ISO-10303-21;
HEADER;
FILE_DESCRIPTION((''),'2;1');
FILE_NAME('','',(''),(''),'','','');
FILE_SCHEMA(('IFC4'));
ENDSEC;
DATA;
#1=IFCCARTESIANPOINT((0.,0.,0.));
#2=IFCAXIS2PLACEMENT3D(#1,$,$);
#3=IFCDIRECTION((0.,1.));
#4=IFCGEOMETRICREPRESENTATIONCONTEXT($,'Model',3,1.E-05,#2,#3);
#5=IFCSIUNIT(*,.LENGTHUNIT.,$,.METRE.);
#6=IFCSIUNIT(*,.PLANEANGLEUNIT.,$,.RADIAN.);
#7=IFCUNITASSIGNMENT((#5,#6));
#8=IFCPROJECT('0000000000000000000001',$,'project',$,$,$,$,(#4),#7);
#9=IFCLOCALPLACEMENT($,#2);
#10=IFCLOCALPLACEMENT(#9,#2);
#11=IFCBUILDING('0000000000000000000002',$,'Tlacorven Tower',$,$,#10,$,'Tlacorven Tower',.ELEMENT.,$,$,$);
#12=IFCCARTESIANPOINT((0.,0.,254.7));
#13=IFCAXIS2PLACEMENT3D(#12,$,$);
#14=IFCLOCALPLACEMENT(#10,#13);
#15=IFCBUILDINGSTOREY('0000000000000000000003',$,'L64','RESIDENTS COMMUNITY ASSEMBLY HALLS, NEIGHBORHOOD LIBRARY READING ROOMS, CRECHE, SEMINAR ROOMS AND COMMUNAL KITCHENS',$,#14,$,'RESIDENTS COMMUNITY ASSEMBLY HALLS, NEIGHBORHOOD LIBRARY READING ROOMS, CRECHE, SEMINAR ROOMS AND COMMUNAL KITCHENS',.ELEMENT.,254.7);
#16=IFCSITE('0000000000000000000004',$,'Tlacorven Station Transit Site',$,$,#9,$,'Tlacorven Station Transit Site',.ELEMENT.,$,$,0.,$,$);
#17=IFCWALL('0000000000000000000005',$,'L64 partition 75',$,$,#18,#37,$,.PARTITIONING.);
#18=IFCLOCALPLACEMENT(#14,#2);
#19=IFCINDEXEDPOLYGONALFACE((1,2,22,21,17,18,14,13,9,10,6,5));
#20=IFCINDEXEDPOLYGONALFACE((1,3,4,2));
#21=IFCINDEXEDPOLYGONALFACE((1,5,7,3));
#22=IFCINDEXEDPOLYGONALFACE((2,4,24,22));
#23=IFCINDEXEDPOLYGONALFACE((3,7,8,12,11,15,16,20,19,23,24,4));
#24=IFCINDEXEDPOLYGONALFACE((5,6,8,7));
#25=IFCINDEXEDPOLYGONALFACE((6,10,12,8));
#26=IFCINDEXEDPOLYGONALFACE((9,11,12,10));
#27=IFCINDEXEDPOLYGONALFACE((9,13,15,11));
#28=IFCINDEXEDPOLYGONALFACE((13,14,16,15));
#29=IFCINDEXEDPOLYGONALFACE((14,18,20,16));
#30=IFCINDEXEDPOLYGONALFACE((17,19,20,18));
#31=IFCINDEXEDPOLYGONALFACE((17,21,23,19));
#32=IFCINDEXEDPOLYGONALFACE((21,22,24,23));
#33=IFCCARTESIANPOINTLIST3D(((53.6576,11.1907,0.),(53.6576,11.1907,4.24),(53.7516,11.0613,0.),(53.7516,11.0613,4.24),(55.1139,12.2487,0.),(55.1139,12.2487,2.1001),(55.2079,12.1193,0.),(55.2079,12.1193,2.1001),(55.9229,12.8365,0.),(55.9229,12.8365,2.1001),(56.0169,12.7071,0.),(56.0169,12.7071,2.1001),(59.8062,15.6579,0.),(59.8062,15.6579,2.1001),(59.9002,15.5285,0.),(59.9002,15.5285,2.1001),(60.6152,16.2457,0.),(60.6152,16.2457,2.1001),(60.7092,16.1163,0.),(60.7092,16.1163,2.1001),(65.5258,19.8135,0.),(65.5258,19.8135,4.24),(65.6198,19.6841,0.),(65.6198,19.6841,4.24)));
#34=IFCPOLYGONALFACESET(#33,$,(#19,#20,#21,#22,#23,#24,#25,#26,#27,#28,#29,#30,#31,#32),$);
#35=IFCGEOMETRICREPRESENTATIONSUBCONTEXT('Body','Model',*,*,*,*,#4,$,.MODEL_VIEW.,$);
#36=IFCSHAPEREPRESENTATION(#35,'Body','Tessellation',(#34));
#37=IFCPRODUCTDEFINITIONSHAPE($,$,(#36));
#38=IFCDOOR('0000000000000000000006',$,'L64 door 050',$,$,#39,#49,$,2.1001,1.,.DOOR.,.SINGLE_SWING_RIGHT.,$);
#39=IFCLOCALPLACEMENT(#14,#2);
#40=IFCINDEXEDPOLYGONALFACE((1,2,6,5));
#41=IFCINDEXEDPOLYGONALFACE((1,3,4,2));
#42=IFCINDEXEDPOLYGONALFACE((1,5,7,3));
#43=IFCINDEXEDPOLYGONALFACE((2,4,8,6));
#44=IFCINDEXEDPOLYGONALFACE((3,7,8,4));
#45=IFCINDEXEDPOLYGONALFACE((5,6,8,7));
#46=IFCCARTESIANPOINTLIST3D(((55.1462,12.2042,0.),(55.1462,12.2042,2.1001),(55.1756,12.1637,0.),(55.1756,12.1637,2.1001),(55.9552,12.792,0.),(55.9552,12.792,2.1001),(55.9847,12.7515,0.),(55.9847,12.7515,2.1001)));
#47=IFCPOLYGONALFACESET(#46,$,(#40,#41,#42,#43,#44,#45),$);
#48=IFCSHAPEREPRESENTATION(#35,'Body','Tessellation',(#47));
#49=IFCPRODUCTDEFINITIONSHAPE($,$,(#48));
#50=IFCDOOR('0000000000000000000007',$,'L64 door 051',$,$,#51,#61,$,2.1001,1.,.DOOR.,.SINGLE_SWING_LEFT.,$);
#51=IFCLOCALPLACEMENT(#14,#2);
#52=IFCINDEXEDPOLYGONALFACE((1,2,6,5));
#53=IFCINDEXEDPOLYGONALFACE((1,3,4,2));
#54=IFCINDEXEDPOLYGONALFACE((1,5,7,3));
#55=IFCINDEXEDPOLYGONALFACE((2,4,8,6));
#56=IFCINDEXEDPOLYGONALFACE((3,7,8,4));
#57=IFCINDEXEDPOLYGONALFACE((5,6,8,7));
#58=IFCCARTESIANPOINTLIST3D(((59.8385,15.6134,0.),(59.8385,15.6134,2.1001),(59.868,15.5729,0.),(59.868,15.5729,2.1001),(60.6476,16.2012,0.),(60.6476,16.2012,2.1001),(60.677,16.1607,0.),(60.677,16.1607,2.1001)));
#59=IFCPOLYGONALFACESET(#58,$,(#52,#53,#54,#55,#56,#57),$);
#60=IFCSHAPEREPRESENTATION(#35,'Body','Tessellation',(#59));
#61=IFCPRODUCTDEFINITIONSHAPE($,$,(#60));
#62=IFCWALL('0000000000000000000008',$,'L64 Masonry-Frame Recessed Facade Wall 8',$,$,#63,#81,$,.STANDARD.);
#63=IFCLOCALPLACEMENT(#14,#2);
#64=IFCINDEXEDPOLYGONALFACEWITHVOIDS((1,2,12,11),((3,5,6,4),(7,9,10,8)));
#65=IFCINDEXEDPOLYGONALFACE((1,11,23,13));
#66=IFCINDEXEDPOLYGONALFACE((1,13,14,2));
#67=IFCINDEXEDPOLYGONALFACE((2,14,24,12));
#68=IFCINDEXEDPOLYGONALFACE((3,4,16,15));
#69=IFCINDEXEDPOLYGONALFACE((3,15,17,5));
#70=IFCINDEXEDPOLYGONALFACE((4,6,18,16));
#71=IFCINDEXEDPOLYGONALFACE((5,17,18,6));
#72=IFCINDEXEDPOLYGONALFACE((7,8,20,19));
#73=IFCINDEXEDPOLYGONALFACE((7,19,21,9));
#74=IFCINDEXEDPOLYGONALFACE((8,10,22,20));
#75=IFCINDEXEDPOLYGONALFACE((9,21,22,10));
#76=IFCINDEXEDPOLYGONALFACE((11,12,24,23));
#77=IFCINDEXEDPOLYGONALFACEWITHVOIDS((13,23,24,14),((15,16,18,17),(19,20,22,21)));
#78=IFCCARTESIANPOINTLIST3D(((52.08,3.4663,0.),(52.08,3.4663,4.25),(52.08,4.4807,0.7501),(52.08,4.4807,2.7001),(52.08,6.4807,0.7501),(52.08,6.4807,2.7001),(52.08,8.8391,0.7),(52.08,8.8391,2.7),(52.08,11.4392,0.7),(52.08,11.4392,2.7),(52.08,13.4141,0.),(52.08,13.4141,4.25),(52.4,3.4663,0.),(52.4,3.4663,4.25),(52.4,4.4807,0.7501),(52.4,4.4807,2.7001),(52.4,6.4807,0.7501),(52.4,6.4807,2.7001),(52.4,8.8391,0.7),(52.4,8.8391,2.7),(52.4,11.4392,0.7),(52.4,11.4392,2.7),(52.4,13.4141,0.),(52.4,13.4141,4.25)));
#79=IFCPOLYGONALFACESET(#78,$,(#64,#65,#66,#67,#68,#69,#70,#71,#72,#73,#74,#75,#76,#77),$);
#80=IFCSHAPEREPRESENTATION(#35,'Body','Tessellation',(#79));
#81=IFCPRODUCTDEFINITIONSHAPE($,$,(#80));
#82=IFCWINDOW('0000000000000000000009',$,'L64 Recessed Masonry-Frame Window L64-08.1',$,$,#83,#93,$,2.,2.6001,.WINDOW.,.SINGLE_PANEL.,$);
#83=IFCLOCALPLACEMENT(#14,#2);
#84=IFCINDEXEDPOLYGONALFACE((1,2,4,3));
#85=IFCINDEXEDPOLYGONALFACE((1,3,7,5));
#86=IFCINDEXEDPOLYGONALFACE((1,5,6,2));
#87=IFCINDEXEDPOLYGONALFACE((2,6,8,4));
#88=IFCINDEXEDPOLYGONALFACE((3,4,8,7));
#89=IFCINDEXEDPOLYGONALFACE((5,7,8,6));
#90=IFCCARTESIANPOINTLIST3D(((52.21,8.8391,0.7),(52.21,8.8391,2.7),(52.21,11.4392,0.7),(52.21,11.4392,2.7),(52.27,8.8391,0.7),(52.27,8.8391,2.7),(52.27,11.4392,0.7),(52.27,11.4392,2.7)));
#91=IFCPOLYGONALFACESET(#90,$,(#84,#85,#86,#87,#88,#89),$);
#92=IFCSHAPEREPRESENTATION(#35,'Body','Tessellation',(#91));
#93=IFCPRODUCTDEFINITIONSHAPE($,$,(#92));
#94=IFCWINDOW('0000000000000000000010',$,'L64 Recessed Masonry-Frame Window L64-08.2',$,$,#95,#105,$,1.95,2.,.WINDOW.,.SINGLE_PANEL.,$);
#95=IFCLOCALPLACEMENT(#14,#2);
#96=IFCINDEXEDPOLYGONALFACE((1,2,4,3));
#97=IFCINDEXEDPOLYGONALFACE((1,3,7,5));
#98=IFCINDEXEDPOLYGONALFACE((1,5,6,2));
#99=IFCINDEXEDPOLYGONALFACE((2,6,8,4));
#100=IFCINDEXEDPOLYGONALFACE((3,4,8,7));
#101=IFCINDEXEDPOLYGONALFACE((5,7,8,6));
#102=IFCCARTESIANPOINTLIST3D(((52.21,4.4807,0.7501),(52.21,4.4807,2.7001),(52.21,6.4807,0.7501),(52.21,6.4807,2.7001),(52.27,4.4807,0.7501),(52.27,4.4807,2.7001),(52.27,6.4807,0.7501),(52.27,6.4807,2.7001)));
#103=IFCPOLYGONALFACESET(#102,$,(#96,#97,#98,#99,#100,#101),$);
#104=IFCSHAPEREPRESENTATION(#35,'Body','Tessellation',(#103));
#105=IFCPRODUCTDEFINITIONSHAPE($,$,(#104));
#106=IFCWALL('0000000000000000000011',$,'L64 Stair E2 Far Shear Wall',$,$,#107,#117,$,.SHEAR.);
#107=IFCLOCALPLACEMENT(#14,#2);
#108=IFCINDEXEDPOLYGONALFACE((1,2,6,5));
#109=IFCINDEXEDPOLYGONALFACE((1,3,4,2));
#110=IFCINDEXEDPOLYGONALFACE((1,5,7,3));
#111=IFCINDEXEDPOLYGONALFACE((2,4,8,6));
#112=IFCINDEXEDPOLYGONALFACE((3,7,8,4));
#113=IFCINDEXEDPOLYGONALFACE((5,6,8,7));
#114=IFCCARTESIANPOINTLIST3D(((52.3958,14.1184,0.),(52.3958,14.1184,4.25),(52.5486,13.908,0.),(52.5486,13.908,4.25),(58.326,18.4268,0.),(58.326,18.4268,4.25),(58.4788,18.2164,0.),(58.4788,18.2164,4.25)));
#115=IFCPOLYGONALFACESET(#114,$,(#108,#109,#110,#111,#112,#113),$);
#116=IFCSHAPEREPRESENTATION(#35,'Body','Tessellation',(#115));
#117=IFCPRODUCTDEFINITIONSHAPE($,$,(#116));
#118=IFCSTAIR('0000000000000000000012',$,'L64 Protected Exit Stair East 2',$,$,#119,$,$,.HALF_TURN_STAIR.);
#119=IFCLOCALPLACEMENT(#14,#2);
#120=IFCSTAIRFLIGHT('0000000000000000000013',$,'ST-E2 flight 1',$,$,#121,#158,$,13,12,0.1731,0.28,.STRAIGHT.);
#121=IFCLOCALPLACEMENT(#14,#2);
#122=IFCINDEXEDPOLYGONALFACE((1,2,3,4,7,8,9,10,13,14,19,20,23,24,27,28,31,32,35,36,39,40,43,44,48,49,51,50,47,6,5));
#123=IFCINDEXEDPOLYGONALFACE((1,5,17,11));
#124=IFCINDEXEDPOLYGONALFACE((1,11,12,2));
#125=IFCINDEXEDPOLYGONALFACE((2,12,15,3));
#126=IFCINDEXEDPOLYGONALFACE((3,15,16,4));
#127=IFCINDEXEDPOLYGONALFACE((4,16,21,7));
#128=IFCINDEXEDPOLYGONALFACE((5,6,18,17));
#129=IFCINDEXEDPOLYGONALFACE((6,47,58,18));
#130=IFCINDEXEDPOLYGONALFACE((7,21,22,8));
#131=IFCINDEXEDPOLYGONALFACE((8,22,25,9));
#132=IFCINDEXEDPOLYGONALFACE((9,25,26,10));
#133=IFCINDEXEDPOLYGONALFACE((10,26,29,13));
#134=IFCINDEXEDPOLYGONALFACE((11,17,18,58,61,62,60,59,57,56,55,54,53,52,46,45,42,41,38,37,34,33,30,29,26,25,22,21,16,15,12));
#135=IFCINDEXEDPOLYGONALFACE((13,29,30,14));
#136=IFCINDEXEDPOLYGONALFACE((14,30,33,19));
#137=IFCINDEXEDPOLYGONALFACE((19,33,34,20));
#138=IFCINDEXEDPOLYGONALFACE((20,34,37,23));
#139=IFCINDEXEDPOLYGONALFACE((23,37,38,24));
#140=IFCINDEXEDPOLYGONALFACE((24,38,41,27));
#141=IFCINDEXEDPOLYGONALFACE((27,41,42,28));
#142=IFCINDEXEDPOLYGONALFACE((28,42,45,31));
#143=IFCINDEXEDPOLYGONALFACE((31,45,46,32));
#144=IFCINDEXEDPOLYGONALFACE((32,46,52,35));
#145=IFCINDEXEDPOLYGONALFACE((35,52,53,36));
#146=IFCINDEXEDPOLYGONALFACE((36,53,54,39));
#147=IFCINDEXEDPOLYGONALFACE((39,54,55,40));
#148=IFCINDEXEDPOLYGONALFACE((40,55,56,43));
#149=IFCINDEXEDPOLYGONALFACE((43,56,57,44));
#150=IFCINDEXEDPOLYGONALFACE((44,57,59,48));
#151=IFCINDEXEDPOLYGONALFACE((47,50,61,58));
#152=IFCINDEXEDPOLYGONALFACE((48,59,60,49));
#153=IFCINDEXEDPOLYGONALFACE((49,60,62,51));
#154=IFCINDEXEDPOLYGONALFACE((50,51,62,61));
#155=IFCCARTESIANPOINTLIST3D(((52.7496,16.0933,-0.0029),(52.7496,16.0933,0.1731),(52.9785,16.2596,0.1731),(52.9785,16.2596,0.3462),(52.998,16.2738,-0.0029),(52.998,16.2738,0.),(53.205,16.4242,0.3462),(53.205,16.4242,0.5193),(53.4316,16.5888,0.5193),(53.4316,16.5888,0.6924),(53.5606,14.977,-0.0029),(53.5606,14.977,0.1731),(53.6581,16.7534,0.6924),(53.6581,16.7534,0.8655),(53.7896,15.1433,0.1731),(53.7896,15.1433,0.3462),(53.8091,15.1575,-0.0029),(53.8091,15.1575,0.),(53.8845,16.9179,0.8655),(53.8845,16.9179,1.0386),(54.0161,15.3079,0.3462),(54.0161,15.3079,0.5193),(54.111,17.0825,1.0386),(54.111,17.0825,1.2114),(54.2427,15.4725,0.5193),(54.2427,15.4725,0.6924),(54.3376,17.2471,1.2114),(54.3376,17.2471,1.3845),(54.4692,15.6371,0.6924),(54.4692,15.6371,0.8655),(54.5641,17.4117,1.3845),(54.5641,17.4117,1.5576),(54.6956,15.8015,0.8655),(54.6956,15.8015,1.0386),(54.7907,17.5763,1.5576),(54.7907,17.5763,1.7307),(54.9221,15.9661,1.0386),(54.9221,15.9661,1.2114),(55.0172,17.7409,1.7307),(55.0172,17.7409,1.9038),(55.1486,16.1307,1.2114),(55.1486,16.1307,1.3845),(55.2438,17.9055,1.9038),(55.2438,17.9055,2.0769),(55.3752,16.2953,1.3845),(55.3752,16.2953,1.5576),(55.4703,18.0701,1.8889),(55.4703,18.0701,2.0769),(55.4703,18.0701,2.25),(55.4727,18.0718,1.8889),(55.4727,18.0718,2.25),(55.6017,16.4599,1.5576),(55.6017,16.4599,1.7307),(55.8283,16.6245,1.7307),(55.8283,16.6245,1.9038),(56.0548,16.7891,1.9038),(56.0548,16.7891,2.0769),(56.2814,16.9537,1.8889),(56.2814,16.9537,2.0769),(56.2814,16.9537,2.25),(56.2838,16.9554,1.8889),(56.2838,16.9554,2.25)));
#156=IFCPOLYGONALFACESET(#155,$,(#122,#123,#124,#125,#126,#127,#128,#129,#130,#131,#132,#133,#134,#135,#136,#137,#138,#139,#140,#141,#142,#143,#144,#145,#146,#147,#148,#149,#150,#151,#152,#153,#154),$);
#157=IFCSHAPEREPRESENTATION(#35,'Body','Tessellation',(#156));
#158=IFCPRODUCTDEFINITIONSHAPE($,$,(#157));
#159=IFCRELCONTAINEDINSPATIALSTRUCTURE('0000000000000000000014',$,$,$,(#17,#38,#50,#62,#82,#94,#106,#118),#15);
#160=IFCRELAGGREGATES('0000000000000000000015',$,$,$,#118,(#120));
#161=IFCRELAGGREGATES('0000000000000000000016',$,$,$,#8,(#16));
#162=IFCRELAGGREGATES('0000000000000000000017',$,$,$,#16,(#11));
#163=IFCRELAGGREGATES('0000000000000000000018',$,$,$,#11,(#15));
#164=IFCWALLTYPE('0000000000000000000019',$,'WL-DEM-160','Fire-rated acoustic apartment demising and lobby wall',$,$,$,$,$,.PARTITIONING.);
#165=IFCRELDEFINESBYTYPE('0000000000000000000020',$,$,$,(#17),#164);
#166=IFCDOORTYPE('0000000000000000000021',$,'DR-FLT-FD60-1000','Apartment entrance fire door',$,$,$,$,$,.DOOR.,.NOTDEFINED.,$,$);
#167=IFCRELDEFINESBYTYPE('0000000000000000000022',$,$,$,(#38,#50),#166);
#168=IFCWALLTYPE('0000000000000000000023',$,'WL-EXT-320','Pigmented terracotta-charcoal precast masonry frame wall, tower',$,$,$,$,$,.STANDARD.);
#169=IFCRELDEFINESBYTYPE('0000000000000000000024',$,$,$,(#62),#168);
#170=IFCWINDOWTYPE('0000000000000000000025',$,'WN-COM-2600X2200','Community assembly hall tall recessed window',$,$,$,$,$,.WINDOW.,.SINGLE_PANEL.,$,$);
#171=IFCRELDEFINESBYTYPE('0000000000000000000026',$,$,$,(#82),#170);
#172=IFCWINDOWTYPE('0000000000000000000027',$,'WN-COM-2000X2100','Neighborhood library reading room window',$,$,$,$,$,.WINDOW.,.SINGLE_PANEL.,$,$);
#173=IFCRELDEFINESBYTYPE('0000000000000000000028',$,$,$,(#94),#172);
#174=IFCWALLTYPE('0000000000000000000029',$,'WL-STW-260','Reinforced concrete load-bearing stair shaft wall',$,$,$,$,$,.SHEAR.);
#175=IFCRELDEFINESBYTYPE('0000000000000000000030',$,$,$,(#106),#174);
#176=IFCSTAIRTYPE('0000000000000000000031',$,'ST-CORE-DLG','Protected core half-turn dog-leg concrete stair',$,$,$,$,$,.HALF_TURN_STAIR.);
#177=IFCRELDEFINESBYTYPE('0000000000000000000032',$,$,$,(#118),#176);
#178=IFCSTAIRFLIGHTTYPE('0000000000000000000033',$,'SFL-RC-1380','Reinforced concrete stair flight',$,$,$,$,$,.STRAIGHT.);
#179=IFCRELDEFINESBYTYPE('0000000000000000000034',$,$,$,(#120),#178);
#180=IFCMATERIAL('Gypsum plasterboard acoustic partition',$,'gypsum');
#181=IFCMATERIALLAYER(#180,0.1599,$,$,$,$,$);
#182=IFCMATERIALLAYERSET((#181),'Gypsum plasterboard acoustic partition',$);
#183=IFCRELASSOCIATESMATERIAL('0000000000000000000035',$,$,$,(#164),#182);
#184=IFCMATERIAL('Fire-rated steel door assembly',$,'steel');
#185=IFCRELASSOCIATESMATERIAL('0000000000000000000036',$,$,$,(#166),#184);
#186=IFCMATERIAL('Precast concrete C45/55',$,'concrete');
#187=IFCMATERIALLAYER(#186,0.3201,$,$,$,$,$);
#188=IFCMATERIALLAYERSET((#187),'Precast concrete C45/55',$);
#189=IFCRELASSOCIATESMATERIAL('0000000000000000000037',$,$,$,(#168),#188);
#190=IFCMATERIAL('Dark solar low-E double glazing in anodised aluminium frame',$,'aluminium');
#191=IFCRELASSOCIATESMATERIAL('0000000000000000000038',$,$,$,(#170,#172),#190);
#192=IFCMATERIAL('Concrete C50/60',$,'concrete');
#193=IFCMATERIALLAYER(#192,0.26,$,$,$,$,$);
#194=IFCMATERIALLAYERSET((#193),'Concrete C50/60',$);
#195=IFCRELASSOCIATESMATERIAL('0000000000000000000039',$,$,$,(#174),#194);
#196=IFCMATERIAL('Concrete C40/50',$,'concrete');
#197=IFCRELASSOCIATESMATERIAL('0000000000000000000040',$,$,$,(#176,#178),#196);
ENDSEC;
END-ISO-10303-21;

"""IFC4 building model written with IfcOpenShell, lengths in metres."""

from ifc_helpers import new_model, si_unit, direction, frame, frame_2d, origin, place, context, subcontext, project, spatial, polyline, rectangle, outline, extrude, source, transform, mapped, material, layer, layer_set, type_object, element, fill, aggregate, save


model = new_model("IFC4")

# Units and contexts
model_context = context("Model", 3, precision=1e-05, world=origin(), true_north=direction((0.0, 1.0)))
body_context = subcontext(model_context, "Body", "Model", "MODEL_VIEW")
ifc_project = project(units=[si_unit("LENGTHUNIT", "METRE"), si_unit("PLANEANGLEUNIT", "RADIAN")], contexts=[model_context])

# Site, building, storey
site_placement = place(None, origin())
site = spatial("IfcSite", under=ifc_project, at=site_placement, Name="Tlacorven Station Transit Site", LongName="Tlacorven Station Transit Site", CompositionType="ELEMENT", RefElevation=0.0)
building_placement = place(site_placement, origin())
building = spatial("IfcBuilding", under=site, at=building_placement, Name="Tlacorven Tower", LongName="Tlacorven Tower", CompositionType="ELEMENT")
storey_placement = place(building_placement, frame((0.0, 0.0, 254.7)))
storey = spatial("IfcBuildingStorey", under=building, at=storey_placement, Name="L64", Description="RESIDENTS COMMUNITY ASSEMBLY HALLS, NEIGHBORHOOD LIBRARY READING ROOMS, CRECHE, SEMINAR ROOMS AND COMMUNAL KITCHENS", LongName="RESIDENTS COMMUNITY ASSEMBLY HALLS, NEIGHBORHOOD LIBRARY READING ROOMS, CRECHE, SEMINAR ROOMS AND COMMUNAL KITCHENS", CompositionType="ELEMENT", Elevation=254.7)

# Shared definitions
ifc_material_1 = material(Name="Concrete C50/60", Category="concrete")

# Wall, openings, doors
ifc_material_2 = material(Name="Gypsum plasterboard acoustic partition", Category="gypsum")
ifc_layer_1 = layer(ifc_material_2, 0.1599)
ifc_layer_set_1 = layer_set([ifc_layer_1], Name="Gypsum plasterboard acoustic partition")
wall_type_1 = type_object("IfcWallType", Name="WL-DEM-160", Description="Fire-rated acoustic apartment demising and lobby wall", PredefinedType="PARTITIONING", material=ifc_layer_set_1)
wall_1_placement = place(storey_placement, frame((53.7046, 11.126, 0.0), z_axis=(0.0, 0.0, 1.0), x_axis=(0.809015, 0.587789, 0.0)))
wall_1 = element("IfcWall", 1, at=wall_1_placement, inside=storey, type_object=wall_type_1, Name="L64 partition 75", PredefinedType="PARTITIONING", context=body_context, shape_type="SweptSolid", body=[
    extrude(rectangle(XDim=14.6699, YDim=0.1599, at=frame_2d((7.335, 0.0))), origin(), (0.0, 0.0, 1.0), 4.24),
])
opening_1_placement = place(wall_1_placement, frame((1.8, 0.0, 0.0)))
opening_1 = element("IfcOpeningElement", 2, at=opening_1_placement, cuts=wall_1, PredefinedType="OPENING", context=body_context, shape_type="SweptSolid", body=[
    extrude(rectangle(XDim=1.0, YDim=2.1001, at=frame_2d((0.5, 1.05))), frame((0.0, 0.0898, 0.0), z_axis=(0.0, -1.0, 0.0), x_axis=(1.0, 0.0, 0.0)), (0.0, 0.0, 1.0), 0.1799),
])
opening_2_placement = place(wall_1_placement, frame((7.6001, 0.0, 0.0)))
opening_2 = element("IfcOpeningElement", 3, at=opening_2_placement, cuts=wall_1, PredefinedType="OPENING", context=body_context, shape_type="SweptSolid", body=[
    extrude(rectangle(XDim=1.0, YDim=2.1001, at=frame_2d((0.5, 1.05))), frame((0.0, 0.0898, 0.0), z_axis=(0.0, -1.0, 0.0), x_axis=(1.0, 0.0, 0.0)), (0.0, 0.0, 1.0), 0.1799),
])
ifc_material_3 = material(Name="Fire-rated steel door assembly", Category="steel")
door_type = type_object("IfcDoorType", Name="DR-FLT-FD60-1000", Description="Apartment entrance fire door", OperationType="NOTDEFINED", PredefinedType="DOOR", material=ifc_material_3)
shared_shape_1 = source(origin(), body_context, "Body", "SweptSolid", [
    extrude(rectangle(XDim=1.0, YDim=2.1001, at=frame_2d((0.5, 1.05))), frame((0.0, 0.0249, 0.0), z_axis=(0.0, -1.0, 0.0), x_axis=(1.0, 0.0, 0.0)), (0.0, 0.0, 1.0), 0.05),
])
door_1_placement = place(opening_1_placement, origin())
door_1 = element("IfcDoor", 4, at=door_1_placement, inside=storey, type_object=door_type, Name="L64 door 050", OperationType="SINGLE_SWING_RIGHT", OverallHeight=2.1001, OverallWidth=1.0, PredefinedType="DOOR", context=body_context, shape_type="MappedRepresentation", body=[
    mapped(shared_shape_1, transform((0.0, 0.0, 0.0), scale=1.0)),
])
fill(opening_1, door_1)
door_2_placement = place(opening_2_placement, origin())
door_2 = element("IfcDoor", 5, at=door_2_placement, inside=storey, type_object=door_type, Name="L64 door 051", OperationType="SINGLE_SWING_LEFT", OverallHeight=2.1001, OverallWidth=1.0, PredefinedType="DOOR", context=body_context, shape_type="MappedRepresentation", body=[
    mapped(shared_shape_1, transform((0.0, 0.0, 0.0), scale=1.0)),
])
fill(opening_2, door_2)

# Wall, openings, windows
ifc_material_4 = material(Name="Precast concrete C45/55", Category="concrete")
ifc_layer_2 = layer(ifc_material_4, 0.3201)
ifc_layer_set_2 = layer_set([ifc_layer_2], Name="Precast concrete C45/55")
wall_type_2 = type_object("IfcWallType", Name="WL-EXT-320", Description="Pigmented terracotta-charcoal precast masonry frame wall, tower", PredefinedType="STANDARD", material=ifc_layer_set_2)
wall_2_placement = place(storey_placement, frame((52.24, 13.4141, 0.0), z_axis=(0.0, 0.0, 1.0), x_axis=(0.0, -1.0, 0.0)))
wall_2 = element("IfcWall", 6, at=wall_2_placement, inside=storey, type_object=wall_type_2, Name="L64 Masonry-Frame Recessed Facade Wall 8", PredefinedType="STANDARD", context=body_context, shape_type="SweptSolid", body=[
    extrude(rectangle(XDim=9.9478, YDim=0.3201, at=frame_2d((4.9739, 0.0))), origin(), (0.0, 0.0, 1.0), 4.25),
])
opening_3_placement = place(wall_2_placement, frame((1.9749, 0.0, 0.7)))
opening_3 = element("IfcOpeningElement", 7, at=opening_3_placement, cuts=wall_2, PredefinedType="OPENING", context=body_context, shape_type="SweptSolid", body=[
    extrude(rectangle(XDim=2.6001, YDim=2.0, at=frame_2d((1.3, 1.0))), frame((0.0, 0.1699, 0.0), z_axis=(0.0, -1.0, 0.0), x_axis=(1.0, 0.0, 0.0)), (0.0, 0.0, 1.0), 0.3401),
])
opening_4_placement = place(wall_2_placement, frame((6.9333, 0.0, 0.75)))
opening_4 = element("IfcOpeningElement", 8, at=opening_4_placement, cuts=wall_2, PredefinedType="OPENING", context=body_context, shape_type="SweptSolid", body=[
    extrude(rectangle(XDim=2.0, YDim=1.95, at=frame_2d((1.0, 0.9751))), frame((0.0, 0.1699, 0.0), z_axis=(0.0, -1.0, 0.0), x_axis=(1.0, 0.0, 0.0)), (0.0, 0.0, 1.0), 0.3401),
])
ifc_material_5 = material(Name="Dark solar low-E double glazing in anodised aluminium frame", Category="aluminium")
window_type_1 = type_object("IfcWindowType", Name="WN-COM-2600X2200", Description="Community assembly hall tall recessed window", PartitioningType="SINGLE_PANEL", PredefinedType="WINDOW", material=ifc_material_5)
shared_shape_2 = source(origin(), body_context, "Body", "SweptSolid", [
    extrude(rectangle(XDim=2.6001, YDim=2.0, at=frame_2d((1.3, 1.0))), frame((0.0, 0.03, 0.0), z_axis=(0.0, -1.0, 0.0), x_axis=(1.0, 0.0, 0.0)), (0.0, 0.0, 1.0), 0.0601),
])
window_1_placement = place(opening_3_placement, origin())
window_1 = element("IfcWindow", 9, at=window_1_placement, inside=storey, type_object=window_type_1, Name="L64 Recessed Masonry-Frame Window L64-08.1", OverallHeight=2.0, OverallWidth=2.6001, PartitioningType="SINGLE_PANEL", PredefinedType="WINDOW", context=body_context, shape_type="MappedRepresentation", body=[
    mapped(shared_shape_2, transform((0.0, 0.0, 0.0), scale=1.0)),
])
fill(opening_3, window_1)
window_type_2 = type_object("IfcWindowType", Name="WN-COM-2000X2100", Description="Neighborhood library reading room window", PartitioningType="SINGLE_PANEL", PredefinedType="WINDOW", material=ifc_material_5)
shared_shape_3 = source(origin(), body_context, "Body", "SweptSolid", [
    extrude(rectangle(XDim=2.0, YDim=1.95, at=frame_2d((1.0, 0.9751))), frame((0.0, 0.03, 0.0), z_axis=(0.0, -1.0, 0.0), x_axis=(1.0, 0.0, 0.0)), (0.0, 0.0, 1.0), 0.0601),
])
window_2_placement = place(opening_4_placement, origin())
window_2 = element("IfcWindow", 10, at=window_2_placement, inside=storey, type_object=window_type_2, Name="L64 Recessed Masonry-Frame Window L64-08.2", OverallHeight=1.95, OverallWidth=2.0, PartitioningType="SINGLE_PANEL", PredefinedType="WINDOW", context=body_context, shape_type="MappedRepresentation", body=[
    mapped(shared_shape_3, transform((0.0, 0.0, 0.0), scale=1.0)),
])
fill(opening_4, window_2)

# Wall
ifc_layer_3 = layer(ifc_material_1, 0.26)
ifc_layer_set_3 = layer_set([ifc_layer_3], Name="Concrete C50/60")
wall_type_3 = type_object("IfcWallType", Name="WL-STW-260", Description="Reinforced concrete load-bearing stair shaft wall", PredefinedType="SHEAR", material=ifc_layer_set_3)
wall_3_placement = place(storey_placement, frame((52.4722, 14.0132, 0.0), z_axis=(0.0, 0.0, 1.0), x_axis=(0.809028, 0.58777, 0.0)))
element("IfcWall", 11, at=wall_3_placement, inside=storey, type_object=wall_type_3, Name="L64 Stair E2 Far Shear Wall", PredefinedType="SHEAR", context=body_context, shape_type="SweptSolid", body=[
    extrude(rectangle(XDim=7.3301, YDim=0.26, at=frame_2d((3.665, 0.0))), origin(), (0.0, 0.0, 1.0), 4.25),
])

# Stair, stair flight
ifc_material_6 = material(Name="Concrete C40/50", Category="concrete")
stair_type = type_object("IfcStairType", Name="ST-CORE-DLG", Description="Protected core half-turn dog-leg concrete stair", PredefinedType="HALF_TURN_STAIR", material=ifc_material_6)
stair_placement = place(storey_placement, origin())
stair = element("IfcStair", 12, at=stair_placement, inside=storey, type_object=stair_type, Name="L64 Protected Exit Stair East 2", PredefinedType="HALF_TURN_STAIR")
stair_flight_type = type_object("IfcStairFlightType", Name="SFL-RC-1380", Description="Reinforced concrete stair flight", PredefinedType="STRAIGHT", material=ifc_material_6)
shared_shape_4 = source(origin(), body_context, "Body", "SweptSolid", [
    extrude(outline(polyline([(-0.0029, -0.0029), (-0.0029, 0.1731), (0.28, 0.1731), (0.28, 0.3462), (0.5601, 0.3462), (0.5601, 0.5193), (0.8401, 0.5193), (0.8401, 0.6924), (1.1201, 0.6924), (1.1201, 0.8655), (1.3999, 0.8655), (1.3999, 1.0386), (1.6799, 1.0386), (1.6799, 1.2114), (1.96, 1.2114), (1.96, 1.3845), (2.24, 1.3845), (2.24, 1.5576), (2.52, 1.5576), (2.52, 1.7307), (2.8, 1.7307), (2.8, 1.9038), (3.0801, 1.9038), (3.0801, 2.0769), (3.3601, 2.0769), (3.3601, 2.25), (3.363, 2.25), (3.363, 1.8889), (3.3601, 1.8889), (0.3042, 0.0), (0.3042, -0.0029), (-0.0029, -0.0029)])), frame((0.0, 0.6899, 0.0), z_axis=(0.0, -1.0, 0.0), x_axis=(1.0, 0.0, 0.0)), (0.0, 0.0, 1.0), 1.3799),
])
stair_flight_placement = place(storey_placement, frame((53.1575, 15.5369, 0.0), z_axis=(0.0, 0.0, 1.0), x_axis=(0.809017, 0.587785, 0.0)))
stair_flight = element("IfcStairFlight", 13, at=stair_flight_placement, type_object=stair_flight_type, Name="ST-E2 flight 1", NumberOfRisers=13, NumberOfTreads=12, PredefinedType="STRAIGHT", RiserHeight=0.1731, TreadLength=0.28, context=body_context, shape_type="MappedRepresentation", body=[
    mapped(shared_shape_4, transform((0.0, 0.0, 0.0), scale=1.0)),
])
aggregate(stair, [stair_flight])

save(model, "model.ifc")
